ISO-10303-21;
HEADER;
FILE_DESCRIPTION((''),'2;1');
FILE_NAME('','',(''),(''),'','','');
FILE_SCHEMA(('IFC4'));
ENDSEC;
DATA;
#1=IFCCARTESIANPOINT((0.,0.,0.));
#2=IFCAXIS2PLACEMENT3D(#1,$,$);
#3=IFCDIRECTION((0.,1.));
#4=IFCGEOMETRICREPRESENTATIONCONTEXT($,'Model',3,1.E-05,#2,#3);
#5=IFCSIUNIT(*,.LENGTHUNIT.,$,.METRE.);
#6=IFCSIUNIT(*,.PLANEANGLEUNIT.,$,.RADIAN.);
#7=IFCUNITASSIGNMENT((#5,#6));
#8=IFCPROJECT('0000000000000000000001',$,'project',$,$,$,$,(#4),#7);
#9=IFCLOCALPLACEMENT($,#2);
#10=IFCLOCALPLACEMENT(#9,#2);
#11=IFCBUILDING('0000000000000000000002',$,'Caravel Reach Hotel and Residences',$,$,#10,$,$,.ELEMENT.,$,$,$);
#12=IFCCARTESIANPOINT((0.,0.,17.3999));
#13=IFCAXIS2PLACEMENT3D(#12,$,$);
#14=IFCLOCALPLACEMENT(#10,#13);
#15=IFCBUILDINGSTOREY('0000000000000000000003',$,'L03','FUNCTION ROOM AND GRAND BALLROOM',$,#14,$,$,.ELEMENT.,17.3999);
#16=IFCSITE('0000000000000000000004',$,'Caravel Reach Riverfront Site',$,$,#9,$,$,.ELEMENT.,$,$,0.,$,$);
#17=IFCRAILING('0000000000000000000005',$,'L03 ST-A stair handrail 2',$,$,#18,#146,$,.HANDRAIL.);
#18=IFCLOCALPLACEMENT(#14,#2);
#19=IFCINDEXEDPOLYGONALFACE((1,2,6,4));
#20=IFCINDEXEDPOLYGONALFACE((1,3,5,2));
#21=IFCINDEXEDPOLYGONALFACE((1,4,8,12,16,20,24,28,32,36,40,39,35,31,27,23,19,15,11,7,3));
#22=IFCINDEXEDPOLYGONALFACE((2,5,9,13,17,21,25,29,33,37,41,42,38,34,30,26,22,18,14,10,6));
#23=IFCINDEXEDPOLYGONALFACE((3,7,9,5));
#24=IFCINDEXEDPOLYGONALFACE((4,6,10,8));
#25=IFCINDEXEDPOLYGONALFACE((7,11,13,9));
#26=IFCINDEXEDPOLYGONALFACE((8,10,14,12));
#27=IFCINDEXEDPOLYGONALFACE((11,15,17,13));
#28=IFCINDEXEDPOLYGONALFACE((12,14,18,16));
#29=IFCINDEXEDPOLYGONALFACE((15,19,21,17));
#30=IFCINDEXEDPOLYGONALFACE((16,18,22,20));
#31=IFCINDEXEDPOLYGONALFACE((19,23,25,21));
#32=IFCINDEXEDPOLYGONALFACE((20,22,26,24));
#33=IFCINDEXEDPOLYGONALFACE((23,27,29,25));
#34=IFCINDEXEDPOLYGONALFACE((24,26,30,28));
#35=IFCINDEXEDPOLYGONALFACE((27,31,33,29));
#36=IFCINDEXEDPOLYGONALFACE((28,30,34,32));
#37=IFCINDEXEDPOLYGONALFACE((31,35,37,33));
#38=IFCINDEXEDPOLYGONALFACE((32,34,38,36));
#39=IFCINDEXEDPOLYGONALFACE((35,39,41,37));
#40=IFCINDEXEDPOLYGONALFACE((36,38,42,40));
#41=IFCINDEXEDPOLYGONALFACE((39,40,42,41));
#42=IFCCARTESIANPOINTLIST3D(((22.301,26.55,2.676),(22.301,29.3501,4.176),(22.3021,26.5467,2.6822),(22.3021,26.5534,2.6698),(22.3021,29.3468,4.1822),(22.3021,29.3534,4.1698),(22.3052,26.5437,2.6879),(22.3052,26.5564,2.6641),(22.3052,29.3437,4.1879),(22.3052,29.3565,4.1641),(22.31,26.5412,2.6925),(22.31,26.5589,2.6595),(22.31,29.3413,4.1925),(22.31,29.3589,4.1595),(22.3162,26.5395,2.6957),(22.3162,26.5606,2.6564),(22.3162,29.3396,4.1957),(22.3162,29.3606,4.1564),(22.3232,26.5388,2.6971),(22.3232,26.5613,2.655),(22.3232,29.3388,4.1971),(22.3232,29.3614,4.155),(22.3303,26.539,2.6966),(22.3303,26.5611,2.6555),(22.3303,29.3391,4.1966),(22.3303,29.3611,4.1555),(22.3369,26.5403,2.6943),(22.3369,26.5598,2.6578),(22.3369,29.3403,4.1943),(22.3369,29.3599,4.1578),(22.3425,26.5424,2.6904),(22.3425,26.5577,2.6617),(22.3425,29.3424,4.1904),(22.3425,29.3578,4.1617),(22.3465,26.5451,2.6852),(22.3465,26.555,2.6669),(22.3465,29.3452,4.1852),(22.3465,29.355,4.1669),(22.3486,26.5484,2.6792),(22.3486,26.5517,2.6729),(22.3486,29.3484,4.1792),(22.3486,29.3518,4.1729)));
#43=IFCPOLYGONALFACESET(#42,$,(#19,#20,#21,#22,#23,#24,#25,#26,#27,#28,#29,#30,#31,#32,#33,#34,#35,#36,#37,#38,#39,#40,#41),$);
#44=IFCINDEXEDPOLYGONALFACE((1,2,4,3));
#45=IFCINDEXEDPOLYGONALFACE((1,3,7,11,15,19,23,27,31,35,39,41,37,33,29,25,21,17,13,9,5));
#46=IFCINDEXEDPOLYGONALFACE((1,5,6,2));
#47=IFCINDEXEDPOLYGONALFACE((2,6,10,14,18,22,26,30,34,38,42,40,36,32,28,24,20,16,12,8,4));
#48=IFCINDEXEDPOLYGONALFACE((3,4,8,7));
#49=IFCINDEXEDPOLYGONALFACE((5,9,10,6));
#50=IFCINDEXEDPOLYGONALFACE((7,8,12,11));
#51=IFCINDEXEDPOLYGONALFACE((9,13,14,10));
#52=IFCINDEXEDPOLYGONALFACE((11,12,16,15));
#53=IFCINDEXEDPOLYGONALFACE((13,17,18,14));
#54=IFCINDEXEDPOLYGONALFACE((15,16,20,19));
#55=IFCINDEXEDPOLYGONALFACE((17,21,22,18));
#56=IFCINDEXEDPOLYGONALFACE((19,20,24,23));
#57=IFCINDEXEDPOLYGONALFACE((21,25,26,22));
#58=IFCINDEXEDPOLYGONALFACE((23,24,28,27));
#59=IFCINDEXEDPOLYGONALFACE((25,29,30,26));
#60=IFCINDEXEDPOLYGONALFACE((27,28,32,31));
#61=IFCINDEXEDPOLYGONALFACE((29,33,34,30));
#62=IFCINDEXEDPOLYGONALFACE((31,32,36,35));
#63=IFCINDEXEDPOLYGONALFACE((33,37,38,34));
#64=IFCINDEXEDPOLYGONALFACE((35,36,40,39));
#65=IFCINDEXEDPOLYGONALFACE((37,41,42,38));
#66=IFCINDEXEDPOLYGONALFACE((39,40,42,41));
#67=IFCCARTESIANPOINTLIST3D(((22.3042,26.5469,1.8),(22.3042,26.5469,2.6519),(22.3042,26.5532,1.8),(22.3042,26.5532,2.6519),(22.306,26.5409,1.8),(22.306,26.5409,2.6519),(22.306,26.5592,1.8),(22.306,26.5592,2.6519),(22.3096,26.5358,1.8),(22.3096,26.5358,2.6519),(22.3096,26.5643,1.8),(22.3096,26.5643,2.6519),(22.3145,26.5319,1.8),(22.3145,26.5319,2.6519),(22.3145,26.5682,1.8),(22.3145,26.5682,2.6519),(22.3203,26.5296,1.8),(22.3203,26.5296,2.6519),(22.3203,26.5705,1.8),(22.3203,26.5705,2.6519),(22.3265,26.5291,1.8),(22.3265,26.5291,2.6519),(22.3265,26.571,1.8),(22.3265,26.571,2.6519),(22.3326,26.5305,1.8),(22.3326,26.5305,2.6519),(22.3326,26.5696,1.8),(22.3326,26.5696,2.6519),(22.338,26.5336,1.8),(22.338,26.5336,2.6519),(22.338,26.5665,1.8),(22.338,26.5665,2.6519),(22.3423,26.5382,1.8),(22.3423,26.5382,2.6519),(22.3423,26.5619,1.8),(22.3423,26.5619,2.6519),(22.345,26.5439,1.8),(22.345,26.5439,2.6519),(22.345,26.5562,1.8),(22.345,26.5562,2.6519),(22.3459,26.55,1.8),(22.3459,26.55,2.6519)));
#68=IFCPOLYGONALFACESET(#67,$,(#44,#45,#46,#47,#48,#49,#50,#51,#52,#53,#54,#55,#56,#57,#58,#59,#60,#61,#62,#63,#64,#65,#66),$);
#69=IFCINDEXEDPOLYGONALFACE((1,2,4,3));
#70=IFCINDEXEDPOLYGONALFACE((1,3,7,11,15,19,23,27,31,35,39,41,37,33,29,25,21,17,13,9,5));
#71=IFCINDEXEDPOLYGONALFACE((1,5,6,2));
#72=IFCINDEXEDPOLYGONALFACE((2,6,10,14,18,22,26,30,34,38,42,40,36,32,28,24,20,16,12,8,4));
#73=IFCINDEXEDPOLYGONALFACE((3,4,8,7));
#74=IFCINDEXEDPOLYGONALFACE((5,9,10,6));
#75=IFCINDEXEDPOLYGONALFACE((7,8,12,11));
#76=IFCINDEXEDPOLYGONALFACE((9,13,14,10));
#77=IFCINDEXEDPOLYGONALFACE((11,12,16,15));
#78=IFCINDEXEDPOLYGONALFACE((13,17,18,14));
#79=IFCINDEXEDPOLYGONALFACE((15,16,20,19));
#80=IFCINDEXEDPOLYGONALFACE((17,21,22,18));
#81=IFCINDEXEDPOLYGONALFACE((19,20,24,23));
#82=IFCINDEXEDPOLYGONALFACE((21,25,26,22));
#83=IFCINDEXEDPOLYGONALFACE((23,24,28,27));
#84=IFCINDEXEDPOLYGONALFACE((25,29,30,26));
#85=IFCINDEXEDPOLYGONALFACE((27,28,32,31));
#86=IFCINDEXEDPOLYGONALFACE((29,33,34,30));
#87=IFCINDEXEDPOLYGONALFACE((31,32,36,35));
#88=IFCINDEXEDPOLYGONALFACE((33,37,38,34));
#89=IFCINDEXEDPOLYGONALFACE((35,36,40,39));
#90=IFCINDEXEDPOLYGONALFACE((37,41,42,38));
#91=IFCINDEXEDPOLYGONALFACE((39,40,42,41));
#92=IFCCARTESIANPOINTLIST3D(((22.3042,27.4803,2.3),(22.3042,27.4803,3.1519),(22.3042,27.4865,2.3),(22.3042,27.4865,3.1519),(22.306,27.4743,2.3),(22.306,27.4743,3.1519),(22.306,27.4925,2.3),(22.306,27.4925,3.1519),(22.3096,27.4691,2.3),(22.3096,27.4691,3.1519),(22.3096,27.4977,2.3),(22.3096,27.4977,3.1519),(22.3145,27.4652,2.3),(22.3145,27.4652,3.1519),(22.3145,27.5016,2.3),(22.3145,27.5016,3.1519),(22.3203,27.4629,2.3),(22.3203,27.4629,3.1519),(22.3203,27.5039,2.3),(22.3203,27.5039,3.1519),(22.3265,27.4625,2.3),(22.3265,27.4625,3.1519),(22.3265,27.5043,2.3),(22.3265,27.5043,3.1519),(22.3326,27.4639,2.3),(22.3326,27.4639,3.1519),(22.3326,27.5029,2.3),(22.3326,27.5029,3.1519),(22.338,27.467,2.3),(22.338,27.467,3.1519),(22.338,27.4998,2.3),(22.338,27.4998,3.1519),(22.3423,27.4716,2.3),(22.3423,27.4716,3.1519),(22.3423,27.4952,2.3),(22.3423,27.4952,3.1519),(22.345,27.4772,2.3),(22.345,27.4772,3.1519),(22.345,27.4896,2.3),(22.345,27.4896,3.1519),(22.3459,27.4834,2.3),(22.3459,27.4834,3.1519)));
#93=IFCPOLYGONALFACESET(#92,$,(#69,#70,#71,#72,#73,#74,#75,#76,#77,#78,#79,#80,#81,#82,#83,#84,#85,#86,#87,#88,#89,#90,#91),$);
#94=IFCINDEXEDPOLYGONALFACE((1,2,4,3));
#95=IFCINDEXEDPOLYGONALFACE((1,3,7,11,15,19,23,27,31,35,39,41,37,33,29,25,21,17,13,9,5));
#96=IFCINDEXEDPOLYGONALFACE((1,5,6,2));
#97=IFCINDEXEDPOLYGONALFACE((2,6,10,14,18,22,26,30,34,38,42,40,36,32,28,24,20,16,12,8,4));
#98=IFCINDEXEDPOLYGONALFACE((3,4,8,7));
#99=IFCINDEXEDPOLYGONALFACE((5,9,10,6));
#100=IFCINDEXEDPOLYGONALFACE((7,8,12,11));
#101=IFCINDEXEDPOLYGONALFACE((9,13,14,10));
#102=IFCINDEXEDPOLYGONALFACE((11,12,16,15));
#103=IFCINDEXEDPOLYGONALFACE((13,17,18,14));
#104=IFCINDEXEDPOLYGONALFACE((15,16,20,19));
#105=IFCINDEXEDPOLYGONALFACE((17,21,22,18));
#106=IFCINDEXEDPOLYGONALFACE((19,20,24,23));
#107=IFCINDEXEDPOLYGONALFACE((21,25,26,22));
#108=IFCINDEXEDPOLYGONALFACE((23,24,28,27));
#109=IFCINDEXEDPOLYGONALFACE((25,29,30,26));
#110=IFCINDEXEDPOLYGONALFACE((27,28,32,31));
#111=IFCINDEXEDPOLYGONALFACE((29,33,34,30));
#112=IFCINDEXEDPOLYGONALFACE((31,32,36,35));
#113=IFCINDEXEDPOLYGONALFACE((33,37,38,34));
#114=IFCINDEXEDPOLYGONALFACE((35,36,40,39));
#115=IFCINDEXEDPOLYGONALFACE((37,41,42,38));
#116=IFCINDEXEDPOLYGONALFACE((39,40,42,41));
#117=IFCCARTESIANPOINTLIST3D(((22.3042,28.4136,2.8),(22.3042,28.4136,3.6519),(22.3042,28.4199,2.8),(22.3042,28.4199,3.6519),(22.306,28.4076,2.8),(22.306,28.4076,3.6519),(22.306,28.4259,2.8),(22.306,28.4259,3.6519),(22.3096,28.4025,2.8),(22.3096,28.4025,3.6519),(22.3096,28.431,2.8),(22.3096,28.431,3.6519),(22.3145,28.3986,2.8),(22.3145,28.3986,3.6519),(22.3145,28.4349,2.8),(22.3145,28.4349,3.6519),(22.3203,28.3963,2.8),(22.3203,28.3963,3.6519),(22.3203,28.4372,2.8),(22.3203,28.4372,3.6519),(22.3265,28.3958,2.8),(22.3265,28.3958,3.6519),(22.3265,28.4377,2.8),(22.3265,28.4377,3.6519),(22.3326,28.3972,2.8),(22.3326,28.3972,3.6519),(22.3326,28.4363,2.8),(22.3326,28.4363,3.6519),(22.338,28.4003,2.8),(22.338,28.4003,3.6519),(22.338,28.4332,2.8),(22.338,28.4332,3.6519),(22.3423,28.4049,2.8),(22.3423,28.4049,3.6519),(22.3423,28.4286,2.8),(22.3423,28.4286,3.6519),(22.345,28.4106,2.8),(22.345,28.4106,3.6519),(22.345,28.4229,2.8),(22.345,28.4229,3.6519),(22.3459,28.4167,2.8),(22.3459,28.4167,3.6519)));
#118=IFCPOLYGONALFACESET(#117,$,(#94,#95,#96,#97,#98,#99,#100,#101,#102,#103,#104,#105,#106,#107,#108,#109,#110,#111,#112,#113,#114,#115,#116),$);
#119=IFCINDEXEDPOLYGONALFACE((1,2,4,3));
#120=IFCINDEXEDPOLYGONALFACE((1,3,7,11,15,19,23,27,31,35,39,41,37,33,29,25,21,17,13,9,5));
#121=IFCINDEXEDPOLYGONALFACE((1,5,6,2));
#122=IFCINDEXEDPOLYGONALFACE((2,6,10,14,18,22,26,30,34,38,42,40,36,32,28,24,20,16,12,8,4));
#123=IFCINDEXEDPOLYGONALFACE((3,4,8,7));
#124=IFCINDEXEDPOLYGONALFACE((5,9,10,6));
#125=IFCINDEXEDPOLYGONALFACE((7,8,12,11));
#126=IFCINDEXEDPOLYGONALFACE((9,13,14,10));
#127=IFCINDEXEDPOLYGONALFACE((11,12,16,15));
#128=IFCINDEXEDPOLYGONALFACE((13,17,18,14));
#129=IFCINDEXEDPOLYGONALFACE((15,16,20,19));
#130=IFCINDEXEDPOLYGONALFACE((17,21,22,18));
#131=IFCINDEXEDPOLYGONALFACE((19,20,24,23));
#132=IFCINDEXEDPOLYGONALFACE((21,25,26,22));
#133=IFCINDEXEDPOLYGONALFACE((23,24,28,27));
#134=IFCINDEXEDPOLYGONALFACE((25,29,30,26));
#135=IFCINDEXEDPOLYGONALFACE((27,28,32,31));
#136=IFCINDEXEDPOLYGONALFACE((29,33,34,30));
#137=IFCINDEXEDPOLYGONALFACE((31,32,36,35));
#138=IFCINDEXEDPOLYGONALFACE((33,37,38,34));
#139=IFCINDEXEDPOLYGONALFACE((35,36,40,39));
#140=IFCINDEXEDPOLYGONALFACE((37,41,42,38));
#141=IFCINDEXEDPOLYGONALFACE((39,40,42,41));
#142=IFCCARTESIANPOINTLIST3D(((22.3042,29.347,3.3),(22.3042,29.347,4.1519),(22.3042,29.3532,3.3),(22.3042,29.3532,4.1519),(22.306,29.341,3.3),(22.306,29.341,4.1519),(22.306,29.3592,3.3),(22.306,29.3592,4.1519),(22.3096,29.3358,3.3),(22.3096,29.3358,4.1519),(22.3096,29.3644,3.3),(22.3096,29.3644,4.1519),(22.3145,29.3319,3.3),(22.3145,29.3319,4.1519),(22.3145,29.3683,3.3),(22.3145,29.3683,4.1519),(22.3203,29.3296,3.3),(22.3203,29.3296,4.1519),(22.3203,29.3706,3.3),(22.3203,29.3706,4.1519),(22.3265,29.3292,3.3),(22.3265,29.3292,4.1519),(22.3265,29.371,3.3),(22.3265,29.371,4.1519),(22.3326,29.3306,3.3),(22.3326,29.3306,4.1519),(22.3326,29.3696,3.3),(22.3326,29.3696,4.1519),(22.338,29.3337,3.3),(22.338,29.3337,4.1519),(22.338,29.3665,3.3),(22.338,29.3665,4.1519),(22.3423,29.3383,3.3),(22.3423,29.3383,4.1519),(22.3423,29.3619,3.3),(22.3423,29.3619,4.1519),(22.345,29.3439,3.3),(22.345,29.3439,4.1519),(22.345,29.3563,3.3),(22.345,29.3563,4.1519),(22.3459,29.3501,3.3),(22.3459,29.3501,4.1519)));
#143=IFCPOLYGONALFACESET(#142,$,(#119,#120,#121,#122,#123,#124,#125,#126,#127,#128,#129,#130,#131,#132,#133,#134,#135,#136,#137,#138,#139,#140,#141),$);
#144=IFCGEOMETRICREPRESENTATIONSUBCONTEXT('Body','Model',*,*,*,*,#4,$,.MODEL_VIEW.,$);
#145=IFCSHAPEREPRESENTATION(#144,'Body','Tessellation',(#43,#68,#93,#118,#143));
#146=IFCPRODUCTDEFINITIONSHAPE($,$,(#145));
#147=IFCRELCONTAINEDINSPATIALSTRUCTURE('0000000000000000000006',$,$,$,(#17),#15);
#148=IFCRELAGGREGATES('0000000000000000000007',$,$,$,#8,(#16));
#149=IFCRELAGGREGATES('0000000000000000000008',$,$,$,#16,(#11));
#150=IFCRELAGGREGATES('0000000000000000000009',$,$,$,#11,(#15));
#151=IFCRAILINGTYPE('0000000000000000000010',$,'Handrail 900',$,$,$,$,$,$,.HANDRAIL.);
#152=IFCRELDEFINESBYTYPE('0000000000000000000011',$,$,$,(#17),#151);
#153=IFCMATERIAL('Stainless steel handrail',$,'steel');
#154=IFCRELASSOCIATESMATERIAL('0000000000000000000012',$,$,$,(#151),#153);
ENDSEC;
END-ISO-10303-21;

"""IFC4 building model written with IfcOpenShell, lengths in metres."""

from ifc_helpers import new_model, si_unit, direction, frame, origin, origin_2d, place, context, subcontext, project, spatial, circle, extrude, material, type_object, element, save


model = new_model("IFC4")

# Units and contexts
model_context = context("Model", 3, precision=1e-05, world=origin(), true_north=direction((0.0, 1.0)))
body_context = subcontext(model_context, "Body", "Model", "MODEL_VIEW")
ifc_project = project(units=[si_unit("LENGTHUNIT", "METRE"), si_unit("PLANEANGLEUNIT", "RADIAN")], contexts=[model_context])

# Site, building, storey
site_placement = place(None, origin())
site = spatial("IfcSite", under=ifc_project, at=site_placement, Name="Caravel Reach Riverfront Site", CompositionType="ELEMENT", RefElevation=0.0)
building_placement = place(site_placement, origin())
building = spatial("IfcBuilding", under=site, at=building_placement, Name="Caravel Reach Hotel and Residences", CompositionType="ELEMENT")
storey_placement = place(building_placement, frame((0.0, 0.0, 17.3999)))
storey = spatial("IfcBuildingStorey", under=building, at=storey_placement, Name="L03", Description="FUNCTION ROOM AND GRAND BALLROOM", CompositionType="ELEMENT", Elevation=17.3999)

# Railing
ifc_material_1 = material(Name="Stainless steel handrail", Category="steel")
railing_type_1 = type_object("IfcRailingType", Name="Handrail 900", PredefinedType="HANDRAIL", material=ifc_material_1)
railing_1_placement = place(storey_placement, frame((22.325, 26.55, 1.8)))
element("IfcRailing", 1, at=railing_1_placement, inside=storey, type_object=railing_type_1, Name="L03 ST-A stair handrail 2", PredefinedType="HANDRAIL", context=body_context, shape_type="SweptSolid", body=[
    extrude(circle(Radius=0.0239, at=origin_2d()), frame((0.0, 0.0, 0.876), z_axis=(0.0, 0.881483, 0.472215), x_axis=(-1.0, 0.0, 0.0)), (0.0, 0.0, 1.0), 3.1765),
    extrude(circle(Radius=0.021, at=origin_2d()), origin(), (0.0, 0.0, 1.0), 0.8518),
    extrude(circle(Radius=0.021, at=origin_2d()), frame((0.0, 0.9333, 0.5)), (0.0, 0.0, 1.0), 0.8518),
    extrude(circle(Radius=0.021, at=origin_2d()), frame((0.0, 1.8667, 1.0)), (0.0, 0.0, 1.0), 0.8518),
    extrude(circle(Radius=0.021, at=origin_2d()), frame((0.0, 2.8, 1.5)), (0.0, 0.0, 1.0), 0.8518),
])

save(model, "model.ifc")
